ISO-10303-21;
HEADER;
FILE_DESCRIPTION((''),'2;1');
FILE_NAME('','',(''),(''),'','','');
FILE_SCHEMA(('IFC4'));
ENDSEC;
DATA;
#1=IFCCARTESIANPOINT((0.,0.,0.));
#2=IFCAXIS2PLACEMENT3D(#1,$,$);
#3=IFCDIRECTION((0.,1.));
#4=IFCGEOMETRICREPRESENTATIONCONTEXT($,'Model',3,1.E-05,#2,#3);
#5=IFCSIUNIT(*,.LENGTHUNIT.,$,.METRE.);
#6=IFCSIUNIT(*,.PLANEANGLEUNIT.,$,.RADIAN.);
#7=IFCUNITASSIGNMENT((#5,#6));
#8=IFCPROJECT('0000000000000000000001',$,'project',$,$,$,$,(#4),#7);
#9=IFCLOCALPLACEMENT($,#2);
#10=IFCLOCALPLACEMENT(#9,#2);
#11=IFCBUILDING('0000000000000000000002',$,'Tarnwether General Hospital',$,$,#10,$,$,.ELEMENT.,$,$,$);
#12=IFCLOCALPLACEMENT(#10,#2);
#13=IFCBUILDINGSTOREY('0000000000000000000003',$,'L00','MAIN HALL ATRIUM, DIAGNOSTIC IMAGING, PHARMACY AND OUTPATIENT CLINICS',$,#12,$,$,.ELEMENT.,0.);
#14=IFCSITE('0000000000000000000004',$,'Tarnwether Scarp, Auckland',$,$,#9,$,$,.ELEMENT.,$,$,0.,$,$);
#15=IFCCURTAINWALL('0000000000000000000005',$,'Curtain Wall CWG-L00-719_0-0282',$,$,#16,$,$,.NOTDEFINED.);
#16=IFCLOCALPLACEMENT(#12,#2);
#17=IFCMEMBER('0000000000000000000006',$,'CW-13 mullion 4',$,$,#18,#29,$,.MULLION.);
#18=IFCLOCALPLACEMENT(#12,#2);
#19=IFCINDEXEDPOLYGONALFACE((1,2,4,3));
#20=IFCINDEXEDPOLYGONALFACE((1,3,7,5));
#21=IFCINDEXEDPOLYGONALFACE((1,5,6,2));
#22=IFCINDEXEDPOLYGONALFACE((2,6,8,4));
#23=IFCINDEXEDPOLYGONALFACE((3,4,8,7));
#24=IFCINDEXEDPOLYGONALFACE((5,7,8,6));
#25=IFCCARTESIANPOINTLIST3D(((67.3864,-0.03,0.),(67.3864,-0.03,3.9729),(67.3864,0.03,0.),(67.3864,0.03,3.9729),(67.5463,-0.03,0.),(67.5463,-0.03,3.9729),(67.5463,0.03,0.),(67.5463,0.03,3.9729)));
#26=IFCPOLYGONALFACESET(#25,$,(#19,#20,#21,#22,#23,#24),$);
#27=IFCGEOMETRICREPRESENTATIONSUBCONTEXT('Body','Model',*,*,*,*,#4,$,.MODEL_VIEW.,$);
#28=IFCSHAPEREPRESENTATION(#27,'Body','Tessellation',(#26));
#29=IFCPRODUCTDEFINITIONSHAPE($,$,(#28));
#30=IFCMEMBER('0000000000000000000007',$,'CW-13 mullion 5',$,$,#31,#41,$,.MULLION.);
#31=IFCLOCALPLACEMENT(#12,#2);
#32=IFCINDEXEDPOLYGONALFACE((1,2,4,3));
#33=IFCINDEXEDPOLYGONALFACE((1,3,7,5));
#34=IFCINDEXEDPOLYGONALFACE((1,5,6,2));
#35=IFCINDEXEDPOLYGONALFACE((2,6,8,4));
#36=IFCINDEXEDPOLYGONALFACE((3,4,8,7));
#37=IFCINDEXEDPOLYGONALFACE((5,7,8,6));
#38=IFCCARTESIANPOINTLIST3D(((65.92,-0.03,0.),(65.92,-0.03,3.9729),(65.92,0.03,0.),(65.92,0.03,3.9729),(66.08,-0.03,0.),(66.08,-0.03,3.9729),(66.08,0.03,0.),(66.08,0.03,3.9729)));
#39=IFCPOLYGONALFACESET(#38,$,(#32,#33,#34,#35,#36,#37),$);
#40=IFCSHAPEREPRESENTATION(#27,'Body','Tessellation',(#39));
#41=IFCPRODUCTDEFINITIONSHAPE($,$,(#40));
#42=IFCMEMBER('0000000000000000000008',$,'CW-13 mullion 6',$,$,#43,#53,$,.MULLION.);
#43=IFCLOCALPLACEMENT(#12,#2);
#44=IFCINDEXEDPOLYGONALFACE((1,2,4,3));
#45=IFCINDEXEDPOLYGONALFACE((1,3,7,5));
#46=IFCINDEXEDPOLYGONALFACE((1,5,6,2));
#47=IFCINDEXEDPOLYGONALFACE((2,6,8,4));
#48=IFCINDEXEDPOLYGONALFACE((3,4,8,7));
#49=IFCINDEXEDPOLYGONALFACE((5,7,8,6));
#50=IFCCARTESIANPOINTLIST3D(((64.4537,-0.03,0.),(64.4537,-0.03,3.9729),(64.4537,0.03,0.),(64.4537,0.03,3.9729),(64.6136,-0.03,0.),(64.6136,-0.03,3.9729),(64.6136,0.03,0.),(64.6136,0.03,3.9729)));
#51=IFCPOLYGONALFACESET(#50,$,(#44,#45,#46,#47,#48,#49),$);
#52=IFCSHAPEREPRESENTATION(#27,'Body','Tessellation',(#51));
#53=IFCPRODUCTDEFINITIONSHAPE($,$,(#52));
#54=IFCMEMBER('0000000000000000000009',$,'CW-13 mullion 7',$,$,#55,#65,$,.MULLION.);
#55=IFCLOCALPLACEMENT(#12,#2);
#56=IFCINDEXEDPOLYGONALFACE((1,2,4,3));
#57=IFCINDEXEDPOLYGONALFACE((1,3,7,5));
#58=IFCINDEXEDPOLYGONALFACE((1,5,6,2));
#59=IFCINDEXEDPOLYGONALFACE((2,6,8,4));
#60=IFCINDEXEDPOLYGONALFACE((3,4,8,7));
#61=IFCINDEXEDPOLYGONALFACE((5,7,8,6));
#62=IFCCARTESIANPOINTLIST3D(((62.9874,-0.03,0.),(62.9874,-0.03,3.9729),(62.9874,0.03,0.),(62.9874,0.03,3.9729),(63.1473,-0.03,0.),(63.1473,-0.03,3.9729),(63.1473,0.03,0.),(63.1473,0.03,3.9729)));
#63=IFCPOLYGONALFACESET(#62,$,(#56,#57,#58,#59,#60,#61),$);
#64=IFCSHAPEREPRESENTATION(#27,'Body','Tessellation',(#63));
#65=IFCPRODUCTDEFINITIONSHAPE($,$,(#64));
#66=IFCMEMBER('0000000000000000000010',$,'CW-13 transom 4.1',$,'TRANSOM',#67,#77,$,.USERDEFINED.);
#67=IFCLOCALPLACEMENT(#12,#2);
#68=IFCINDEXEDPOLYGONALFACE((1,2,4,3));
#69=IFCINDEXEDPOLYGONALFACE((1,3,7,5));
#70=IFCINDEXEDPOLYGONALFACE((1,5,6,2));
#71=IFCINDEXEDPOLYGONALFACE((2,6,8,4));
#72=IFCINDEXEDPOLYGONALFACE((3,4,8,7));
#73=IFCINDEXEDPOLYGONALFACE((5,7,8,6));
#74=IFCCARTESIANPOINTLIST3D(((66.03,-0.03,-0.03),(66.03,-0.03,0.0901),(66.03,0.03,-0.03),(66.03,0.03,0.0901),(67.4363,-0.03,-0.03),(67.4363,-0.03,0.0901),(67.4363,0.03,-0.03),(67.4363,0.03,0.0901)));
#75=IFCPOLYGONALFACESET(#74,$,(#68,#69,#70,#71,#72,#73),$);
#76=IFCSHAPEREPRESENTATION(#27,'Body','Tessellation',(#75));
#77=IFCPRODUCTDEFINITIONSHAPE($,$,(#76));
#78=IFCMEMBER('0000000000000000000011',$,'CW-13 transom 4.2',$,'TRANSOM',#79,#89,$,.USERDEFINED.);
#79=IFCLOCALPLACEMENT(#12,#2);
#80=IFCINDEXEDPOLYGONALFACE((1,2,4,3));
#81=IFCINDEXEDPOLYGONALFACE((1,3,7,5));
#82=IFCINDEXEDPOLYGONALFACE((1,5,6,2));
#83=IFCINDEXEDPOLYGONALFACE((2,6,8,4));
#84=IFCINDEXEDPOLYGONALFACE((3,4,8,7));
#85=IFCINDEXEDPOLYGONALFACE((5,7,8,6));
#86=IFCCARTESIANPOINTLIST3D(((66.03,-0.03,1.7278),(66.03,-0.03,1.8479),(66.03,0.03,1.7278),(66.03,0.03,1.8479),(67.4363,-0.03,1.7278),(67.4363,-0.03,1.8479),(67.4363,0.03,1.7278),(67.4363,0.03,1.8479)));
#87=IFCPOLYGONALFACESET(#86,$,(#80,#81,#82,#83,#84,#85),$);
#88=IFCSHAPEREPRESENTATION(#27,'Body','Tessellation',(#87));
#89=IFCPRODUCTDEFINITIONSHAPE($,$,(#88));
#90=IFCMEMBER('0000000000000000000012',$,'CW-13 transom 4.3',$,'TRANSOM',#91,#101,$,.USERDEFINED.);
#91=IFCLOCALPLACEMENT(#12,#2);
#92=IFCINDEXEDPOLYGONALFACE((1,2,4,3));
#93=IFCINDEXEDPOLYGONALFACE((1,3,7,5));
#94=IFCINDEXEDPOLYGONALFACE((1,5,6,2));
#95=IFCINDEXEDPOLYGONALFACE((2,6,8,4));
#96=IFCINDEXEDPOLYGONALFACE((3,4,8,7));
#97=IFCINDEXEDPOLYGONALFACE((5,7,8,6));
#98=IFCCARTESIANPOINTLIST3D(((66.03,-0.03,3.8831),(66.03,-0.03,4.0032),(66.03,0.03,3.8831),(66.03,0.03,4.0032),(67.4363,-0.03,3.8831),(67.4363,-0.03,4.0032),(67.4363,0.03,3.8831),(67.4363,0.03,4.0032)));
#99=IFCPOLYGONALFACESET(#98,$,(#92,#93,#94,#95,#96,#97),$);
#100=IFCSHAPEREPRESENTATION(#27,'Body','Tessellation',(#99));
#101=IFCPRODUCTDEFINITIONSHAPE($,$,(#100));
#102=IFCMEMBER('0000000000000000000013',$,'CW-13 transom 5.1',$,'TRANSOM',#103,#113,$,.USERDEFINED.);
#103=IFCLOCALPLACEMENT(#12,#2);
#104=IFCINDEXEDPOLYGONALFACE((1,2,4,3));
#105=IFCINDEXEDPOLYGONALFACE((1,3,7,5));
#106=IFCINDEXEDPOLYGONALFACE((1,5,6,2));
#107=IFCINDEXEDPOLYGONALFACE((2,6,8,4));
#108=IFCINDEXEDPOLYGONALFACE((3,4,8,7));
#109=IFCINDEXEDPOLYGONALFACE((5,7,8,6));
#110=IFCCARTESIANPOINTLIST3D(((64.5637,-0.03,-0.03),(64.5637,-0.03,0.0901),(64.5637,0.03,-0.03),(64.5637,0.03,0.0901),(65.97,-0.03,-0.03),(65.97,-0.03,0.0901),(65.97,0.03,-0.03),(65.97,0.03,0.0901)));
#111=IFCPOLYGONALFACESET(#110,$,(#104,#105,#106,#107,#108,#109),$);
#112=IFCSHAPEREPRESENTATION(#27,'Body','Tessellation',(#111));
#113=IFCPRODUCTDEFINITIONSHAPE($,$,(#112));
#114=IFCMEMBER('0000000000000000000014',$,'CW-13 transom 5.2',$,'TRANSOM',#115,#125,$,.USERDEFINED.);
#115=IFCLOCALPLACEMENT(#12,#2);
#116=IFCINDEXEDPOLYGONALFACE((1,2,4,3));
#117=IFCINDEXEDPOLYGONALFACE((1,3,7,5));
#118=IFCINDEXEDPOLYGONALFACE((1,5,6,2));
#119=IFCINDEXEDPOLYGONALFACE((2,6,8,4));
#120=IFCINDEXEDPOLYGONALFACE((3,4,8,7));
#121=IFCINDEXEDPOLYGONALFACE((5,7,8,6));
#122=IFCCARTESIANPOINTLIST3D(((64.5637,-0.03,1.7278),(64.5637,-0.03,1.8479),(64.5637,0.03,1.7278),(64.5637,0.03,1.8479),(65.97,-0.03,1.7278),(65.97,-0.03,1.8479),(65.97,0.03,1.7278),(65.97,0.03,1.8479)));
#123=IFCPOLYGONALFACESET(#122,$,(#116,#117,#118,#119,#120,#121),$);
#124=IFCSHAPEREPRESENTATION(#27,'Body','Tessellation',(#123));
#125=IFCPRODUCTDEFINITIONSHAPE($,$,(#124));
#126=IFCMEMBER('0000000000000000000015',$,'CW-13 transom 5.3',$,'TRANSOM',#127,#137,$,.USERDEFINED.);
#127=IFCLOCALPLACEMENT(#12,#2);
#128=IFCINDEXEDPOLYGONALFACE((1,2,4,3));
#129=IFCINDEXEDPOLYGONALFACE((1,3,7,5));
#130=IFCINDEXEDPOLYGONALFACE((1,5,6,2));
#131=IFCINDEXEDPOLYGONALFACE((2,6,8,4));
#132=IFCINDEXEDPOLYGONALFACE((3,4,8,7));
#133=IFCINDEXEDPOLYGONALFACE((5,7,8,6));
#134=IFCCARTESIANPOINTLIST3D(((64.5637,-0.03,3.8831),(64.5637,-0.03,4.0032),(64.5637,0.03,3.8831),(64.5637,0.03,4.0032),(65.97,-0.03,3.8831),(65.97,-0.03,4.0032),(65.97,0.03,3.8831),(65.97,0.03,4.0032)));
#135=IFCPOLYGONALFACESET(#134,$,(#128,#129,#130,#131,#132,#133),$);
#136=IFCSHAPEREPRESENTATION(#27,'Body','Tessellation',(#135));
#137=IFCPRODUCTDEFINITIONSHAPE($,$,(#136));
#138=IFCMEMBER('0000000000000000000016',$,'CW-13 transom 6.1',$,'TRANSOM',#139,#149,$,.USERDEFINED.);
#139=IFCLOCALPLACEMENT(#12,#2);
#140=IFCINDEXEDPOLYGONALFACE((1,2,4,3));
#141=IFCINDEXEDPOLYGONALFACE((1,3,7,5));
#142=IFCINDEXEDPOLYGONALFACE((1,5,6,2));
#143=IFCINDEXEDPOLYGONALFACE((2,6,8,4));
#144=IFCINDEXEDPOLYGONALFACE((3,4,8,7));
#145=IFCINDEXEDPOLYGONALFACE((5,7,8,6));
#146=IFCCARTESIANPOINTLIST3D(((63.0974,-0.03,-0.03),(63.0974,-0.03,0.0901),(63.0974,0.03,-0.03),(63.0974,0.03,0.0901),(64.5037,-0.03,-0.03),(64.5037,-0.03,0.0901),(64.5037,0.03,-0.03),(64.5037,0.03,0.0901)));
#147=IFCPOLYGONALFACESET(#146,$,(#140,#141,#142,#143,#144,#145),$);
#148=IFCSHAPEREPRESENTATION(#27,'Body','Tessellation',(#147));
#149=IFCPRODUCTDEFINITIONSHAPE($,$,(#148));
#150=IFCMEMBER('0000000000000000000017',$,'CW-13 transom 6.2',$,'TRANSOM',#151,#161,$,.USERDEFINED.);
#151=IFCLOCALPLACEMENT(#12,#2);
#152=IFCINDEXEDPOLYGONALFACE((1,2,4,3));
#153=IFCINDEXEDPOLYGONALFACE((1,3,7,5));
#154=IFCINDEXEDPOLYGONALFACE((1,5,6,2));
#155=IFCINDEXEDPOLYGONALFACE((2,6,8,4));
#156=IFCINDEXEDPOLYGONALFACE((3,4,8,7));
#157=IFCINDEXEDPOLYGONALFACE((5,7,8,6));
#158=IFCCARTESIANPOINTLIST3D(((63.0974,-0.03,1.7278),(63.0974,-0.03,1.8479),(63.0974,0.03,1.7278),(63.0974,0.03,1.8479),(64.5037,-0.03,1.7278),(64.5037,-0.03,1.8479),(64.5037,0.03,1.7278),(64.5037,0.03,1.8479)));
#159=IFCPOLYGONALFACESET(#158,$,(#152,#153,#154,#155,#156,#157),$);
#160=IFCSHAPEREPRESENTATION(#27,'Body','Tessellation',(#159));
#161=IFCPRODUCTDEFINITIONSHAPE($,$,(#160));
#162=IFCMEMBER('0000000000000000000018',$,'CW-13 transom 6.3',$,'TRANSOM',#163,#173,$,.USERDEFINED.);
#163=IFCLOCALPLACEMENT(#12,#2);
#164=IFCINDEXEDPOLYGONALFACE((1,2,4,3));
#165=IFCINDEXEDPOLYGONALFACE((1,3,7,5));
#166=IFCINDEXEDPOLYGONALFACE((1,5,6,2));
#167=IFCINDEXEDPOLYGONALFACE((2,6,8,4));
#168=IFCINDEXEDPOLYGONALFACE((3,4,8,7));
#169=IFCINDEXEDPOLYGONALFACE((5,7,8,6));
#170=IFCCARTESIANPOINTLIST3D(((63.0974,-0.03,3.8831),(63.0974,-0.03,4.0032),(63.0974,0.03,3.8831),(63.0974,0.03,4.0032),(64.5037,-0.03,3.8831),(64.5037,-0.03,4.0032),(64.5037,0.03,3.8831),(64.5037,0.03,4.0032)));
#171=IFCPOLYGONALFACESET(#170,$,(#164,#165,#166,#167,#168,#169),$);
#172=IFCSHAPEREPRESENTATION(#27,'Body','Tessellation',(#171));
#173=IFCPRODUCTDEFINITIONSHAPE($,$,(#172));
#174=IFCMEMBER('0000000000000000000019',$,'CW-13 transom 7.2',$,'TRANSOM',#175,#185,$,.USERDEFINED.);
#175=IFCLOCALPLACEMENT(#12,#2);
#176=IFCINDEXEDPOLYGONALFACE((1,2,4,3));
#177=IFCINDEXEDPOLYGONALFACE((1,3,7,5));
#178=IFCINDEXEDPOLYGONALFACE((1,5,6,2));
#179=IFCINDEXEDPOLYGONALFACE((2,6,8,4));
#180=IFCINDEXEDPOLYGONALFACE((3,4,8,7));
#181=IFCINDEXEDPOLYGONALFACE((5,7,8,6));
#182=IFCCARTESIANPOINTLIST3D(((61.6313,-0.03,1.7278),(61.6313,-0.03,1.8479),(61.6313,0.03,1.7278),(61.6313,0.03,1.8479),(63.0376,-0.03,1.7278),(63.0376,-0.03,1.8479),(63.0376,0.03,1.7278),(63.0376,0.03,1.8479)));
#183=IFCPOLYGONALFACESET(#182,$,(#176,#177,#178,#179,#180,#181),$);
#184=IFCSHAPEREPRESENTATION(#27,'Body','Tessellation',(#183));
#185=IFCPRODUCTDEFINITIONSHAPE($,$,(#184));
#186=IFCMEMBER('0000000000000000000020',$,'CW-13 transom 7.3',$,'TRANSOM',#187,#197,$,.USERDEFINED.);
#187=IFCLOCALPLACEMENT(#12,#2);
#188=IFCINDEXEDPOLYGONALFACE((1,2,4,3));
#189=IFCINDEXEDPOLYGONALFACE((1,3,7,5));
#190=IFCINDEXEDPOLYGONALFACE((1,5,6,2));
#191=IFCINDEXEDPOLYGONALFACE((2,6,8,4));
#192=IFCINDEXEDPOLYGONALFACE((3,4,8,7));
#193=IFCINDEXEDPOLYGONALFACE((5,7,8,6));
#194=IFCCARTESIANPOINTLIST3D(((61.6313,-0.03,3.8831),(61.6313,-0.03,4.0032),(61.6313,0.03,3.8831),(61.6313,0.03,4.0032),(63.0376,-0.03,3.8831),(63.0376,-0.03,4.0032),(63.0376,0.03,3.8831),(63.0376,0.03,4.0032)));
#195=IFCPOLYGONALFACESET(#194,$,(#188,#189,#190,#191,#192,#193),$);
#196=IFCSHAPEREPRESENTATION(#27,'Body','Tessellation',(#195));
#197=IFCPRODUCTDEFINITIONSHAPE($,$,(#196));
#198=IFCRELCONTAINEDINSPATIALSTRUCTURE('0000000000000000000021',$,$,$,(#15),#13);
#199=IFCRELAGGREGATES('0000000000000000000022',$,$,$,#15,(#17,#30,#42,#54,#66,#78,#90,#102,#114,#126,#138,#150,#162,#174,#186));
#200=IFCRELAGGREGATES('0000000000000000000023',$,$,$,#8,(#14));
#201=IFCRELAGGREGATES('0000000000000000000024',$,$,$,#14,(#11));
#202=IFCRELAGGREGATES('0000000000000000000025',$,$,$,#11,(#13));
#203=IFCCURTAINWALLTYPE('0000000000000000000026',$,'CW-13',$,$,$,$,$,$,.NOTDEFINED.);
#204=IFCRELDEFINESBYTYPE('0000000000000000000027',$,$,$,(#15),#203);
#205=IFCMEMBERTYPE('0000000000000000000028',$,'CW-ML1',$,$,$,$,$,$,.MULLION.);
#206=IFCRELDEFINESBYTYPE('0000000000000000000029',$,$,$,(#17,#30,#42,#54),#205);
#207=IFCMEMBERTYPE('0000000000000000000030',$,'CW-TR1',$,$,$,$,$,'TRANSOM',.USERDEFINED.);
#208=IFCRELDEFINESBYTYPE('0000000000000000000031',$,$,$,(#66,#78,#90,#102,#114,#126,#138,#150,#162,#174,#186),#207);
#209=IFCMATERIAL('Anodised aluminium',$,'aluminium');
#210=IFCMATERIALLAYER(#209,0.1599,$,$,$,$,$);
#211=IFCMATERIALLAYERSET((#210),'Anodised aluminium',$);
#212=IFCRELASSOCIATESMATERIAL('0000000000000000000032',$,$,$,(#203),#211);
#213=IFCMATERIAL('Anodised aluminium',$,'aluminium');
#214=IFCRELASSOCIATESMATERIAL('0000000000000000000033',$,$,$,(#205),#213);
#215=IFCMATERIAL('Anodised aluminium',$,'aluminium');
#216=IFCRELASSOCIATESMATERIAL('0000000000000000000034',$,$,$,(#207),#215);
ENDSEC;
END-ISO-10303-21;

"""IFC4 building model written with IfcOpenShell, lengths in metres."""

from ifc_helpers import new_model, si_unit, direction, frame, origin, origin_2d, place, context, subcontext, project, spatial, rectangle, extrude, material, layer, layer_set, material_profile, profile_set, type_object, element, aggregate, save


model = new_model("IFC4")

# Units and contexts
model_context = context("Model", 3, precision=1e-05, world=origin(), true_north=direction((0.0, 1.0)))
body_context = subcontext(model_context, "Body", "Model", "MODEL_VIEW")
ifc_project = project(units=[si_unit("LENGTHUNIT", "METRE"), si_unit("PLANEANGLEUNIT", "RADIAN")], contexts=[model_context])

# Site, building, storey
site_placement = place(None, origin())
site = spatial("IfcSite", under=ifc_project, at=site_placement, Name="Tarnwether Scarp, Auckland", CompositionType="ELEMENT", RefElevation=0.0)
building_placement = place(site_placement, origin())
building = spatial("IfcBuilding", under=site, at=building_placement, Name="Tarnwether General Hospital", CompositionType="ELEMENT")
storey_placement = place(building_placement, origin())
storey = spatial("IfcBuildingStorey", under=building, at=storey_placement, Name="L00", Description="MAIN HALL ATRIUM, DIAGNOSTIC IMAGING, PHARMACY AND OUTPATIENT CLINICS", CompositionType="ELEMENT", Elevation=0.0)

# Curtain wall, members
ifc_material_1 = material(Name="Anodised aluminium", Category="aluminium")
ifc_layer_1 = layer(ifc_material_1, 0.1599)
ifc_layer_set_1 = layer_set([ifc_layer_1], Name="Anodised aluminium")
curtain_wall_type = type_object("IfcCurtainWallType", Name="CW-13", PredefinedType="NOTDEFINED", material=ifc_layer_set_1)
curtain_wall_placement = place(storey_placement, origin())
curtain_wall = element("IfcCurtainWall", 1, at=curtain_wall_placement, inside=storey, type_object=curtain_wall_type, Name="Curtain Wall CWG-L00-719_0-0282", PredefinedType="NOTDEFINED")
ifc_material_2 = material(Name="Anodised aluminium", Category="aluminium")
ifc_material_profile_1 = material_profile(ifc_material_2, rectangle(XDim=0.0601, YDim=0.1599, at=origin_2d()), Name="ALU-MUL-60x160")
ifc_profile_set_1 = profile_set([ifc_material_profile_1], Name="Anodised aluminium")
member_type_1 = type_object("IfcMemberType", Name="CW-ML1", PredefinedType="MULLION", material=ifc_profile_set_1)
member_1_placement = place(storey_placement, frame((67.4663, 0.0, 0.0), z_axis=(0.0, 0.0, 1.0), x_axis=(0.0, -1.0, 0.0)))
member_1 = element("IfcMember", 2, at=member_1_placement, type_object=member_type_1, Name="CW-13 mullion 4", PredefinedType="MULLION", context=body_context, shape_type="SweptSolid", body=[
    extrude(rectangle(XDim=0.0601, YDim=0.1599, at=origin_2d()), origin(), (0.0, 0.0, 1.0), 3.9729),
])
member_2_placement = place(storey_placement, frame((66.0, 0.0, 0.0), z_axis=(0.0, 0.0, 1.0), x_axis=(0.0, -1.0, 0.0)))
member_2 = element("IfcMember", 3, at=member_2_placement, type_object=member_type_1, Name="CW-13 mullion 5", PredefinedType="MULLION", context=body_context, shape_type="SweptSolid", body=[
    extrude(rectangle(XDim=0.0601, YDim=0.1599, at=origin_2d()), origin(), (0.0, 0.0, 1.0), 3.9729),
])
member_3_placement = place(storey_placement, frame((64.5337, 0.0, 0.0), z_axis=(0.0, 0.0, 1.0), x_axis=(0.0, -1.0, 0.0)))
member_3 = element("IfcMember", 4, at=member_3_placement, type_object=member_type_1, Name="CW-13 mullion 6", PredefinedType="MULLION", context=body_context, shape_type="SweptSolid", body=[
    extrude(rectangle(XDim=0.0601, YDim=0.1599, at=origin_2d()), origin(), (0.0, 0.0, 1.0), 3.9729),
])
member_4_placement = place(storey_placement, frame((63.0674, 0.0, 0.0), z_axis=(0.0, 0.0, 1.0), x_axis=(0.0, -1.0, 0.0)))
member_4 = element("IfcMember", 5, at=member_4_placement, type_object=member_type_1, Name="CW-13 mullion 7", PredefinedType="MULLION", context=body_context, shape_type="SweptSolid", body=[
    extrude(rectangle(XDim=0.0601, YDim=0.1599, at=origin_2d()), origin(), (0.0, 0.0, 1.0), 3.9729),
])
ifc_material_3 = material(Name="Anodised aluminium", Category="aluminium")
ifc_material_profile_2 = material_profile(ifc_material_3, rectangle(XDim=0.0601, YDim=0.1201, at=origin_2d()), Name="ALU-TRN-60x120")
ifc_profile_set_2 = profile_set([ifc_material_profile_2], Name="Anodised aluminium")
member_type_2 = type_object("IfcMemberType", Name="CW-TR1", ElementType="TRANSOM", PredefinedType="USERDEFINED", material=ifc_profile_set_2)
member_5_placement = place(storey_placement, frame((67.4363, 0.0, 0.03), z_axis=(-1.0, 0.0, 0.0), x_axis=(0.0, -1.0, 0.0)))
member_5 = element("IfcMember", 6, at=member_5_placement, type_object=member_type_2, Name="CW-13 transom 4.1", ObjectType="TRANSOM", PredefinedType="USERDEFINED", context=body_context, shape_type="SweptSolid", body=[
    extrude(rectangle(XDim=0.0601, YDim=0.1201, at=origin_2d()), origin(), (0.0, 0.0, 1.0), 1.4062),
])
member_6_placement = place(storey_placement, frame((67.4363, 0.0, 1.7878), z_axis=(-1.0, 0.0, 0.0), x_axis=(0.0, -1.0, 0.0)))
member_6 = element("IfcMember", 7, at=member_6_placement, type_object=member_type_2, Name="CW-13 transom 4.2", ObjectType="TRANSOM", PredefinedType="USERDEFINED", context=body_context, shape_type="SweptSolid", body=[
    extrude(rectangle(XDim=0.0601, YDim=0.1201, at=origin_2d()), origin(), (0.0, 0.0, 1.0), 1.4062),
])
member_7_placement = place(storey_placement, frame((67.4363, 0.0, 3.9431), z_axis=(-1.0, 0.0, 0.0), x_axis=(0.0, -1.0, 0.0)))
member_7 = element("IfcMember", 8, at=member_7_placement, type_object=member_type_2, Name="CW-13 transom 4.3", ObjectType="TRANSOM", PredefinedType="USERDEFINED", context=body_context, shape_type="SweptSolid", body=[
    extrude(rectangle(XDim=0.0601, YDim=0.1201, at=origin_2d()), origin(), (0.0, 0.0, 1.0), 1.4062),
])
member_8_placement = place(storey_placement, frame((65.97, 0.0, 0.03), z_axis=(-1.0, 0.0, 0.0), x_axis=(0.0, -1.0, 0.0)))
member_8 = element("IfcMember", 9, at=member_8_placement, type_object=member_type_2, Name="CW-13 transom 5.1", ObjectType="TRANSOM", PredefinedType="USERDEFINED", context=body_context, shape_type="SweptSolid", body=[
    extrude(rectangle(XDim=0.0601, YDim=0.1201, at=origin_2d()), origin(), (0.0, 0.0, 1.0), 1.4062),
])
member_9_placement = place(storey_placement, frame((65.97, 0.0, 1.7878), z_axis=(-1.0, 0.0, 0.0), x_axis=(0.0, -1.0, 0.0)))
member_9 = element("IfcMember", 10, at=member_9_placement, type_object=member_type_2, Name="CW-13 transom 5.2", ObjectType="TRANSOM", PredefinedType="USERDEFINED", context=body_context, shape_type="SweptSolid", body=[
    extrude(rectangle(XDim=0.0601, YDim=0.1201, at=origin_2d()), origin(), (0.0, 0.0, 1.0), 1.4062),
])
member_10_placement = place(storey_placement, frame((65.97, 0.0, 3.9431), z_axis=(-1.0, 0.0, 0.0), x_axis=(0.0, -1.0, 0.0)))
member_10 = element("IfcMember", 11, at=member_10_placement, type_object=member_type_2, Name="CW-13 transom 5.3", ObjectType="TRANSOM", PredefinedType="USERDEFINED", context=body_context, shape_type="SweptSolid", body=[
    extrude(rectangle(XDim=0.0601, YDim=0.1201, at=origin_2d()), origin(), (0.0, 0.0, 1.0), 1.4062),
])
member_11_placement = place(storey_placement, frame((64.5037, 0.0, 0.03), z_axis=(-1.0, 0.0, 0.0), x_axis=(0.0, -1.0, 0.0)))
member_11 = element("IfcMember", 12, at=member_11_placement, type_object=member_type_2, Name="CW-13 transom 6.1", ObjectType="TRANSOM", PredefinedType="USERDEFINED", context=body_context, shape_type="SweptSolid", body=[
    extrude(rectangle(XDim=0.0601, YDim=0.1201, at=origin_2d()), origin(), (0.0, 0.0, 1.0), 1.4062),
])
member_12_placement = place(storey_placement, frame((64.5037, 0.0, 1.7878), z_axis=(-1.0, 0.0, 0.0), x_axis=(0.0, -1.0, 0.0)))
member_12 = element("IfcMember", 13, at=member_12_placement, type_object=member_type_2, Name="CW-13 transom 6.2", ObjectType="TRANSOM", PredefinedType="USERDEFINED", context=body_context, shape_type="SweptSolid", body=[
    extrude(rectangle(XDim=0.0601, YDim=0.1201, at=origin_2d()), origin(), (0.0, 0.0, 1.0), 1.4062),
])
member_13_placement = place(storey_placement, frame((64.5037, 0.0, 3.9431), z_axis=(-1.0, 0.0, 0.0), x_axis=(0.0, -1.0, 0.0)))
member_13 = element("IfcMember", 14, at=member_13_placement, type_object=member_type_2, Name="CW-13 transom 6.3", ObjectType="TRANSOM", PredefinedType="USERDEFINED", context=body_context, shape_type="SweptSolid", body=[
    extrude(rectangle(XDim=0.0601, YDim=0.1201, at=origin_2d()), origin(), (0.0, 0.0, 1.0), 1.4062),
])
member_14_placement = place(storey_placement, frame((63.0376, 0.0, 1.7878), z_axis=(-1.0, 0.0, 0.0), x_axis=(0.0, -1.0, 0.0)))
member_14 = element("IfcMember", 15, at=member_14_placement, type_object=member_type_2, Name="CW-13 transom 7.2", ObjectType="TRANSOM", PredefinedType="USERDEFINED", context=body_context, shape_type="SweptSolid", body=[
    extrude(rectangle(XDim=0.0601, YDim=0.1201, at=origin_2d()), origin(), (0.0, 0.0, 1.0), 1.4062),
])
member_15_placement = place(storey_placement, frame((63.0376, 0.0, 3.9431), z_axis=(-1.0, 0.0, 0.0), x_axis=(0.0, -1.0, 0.0)))
member_15 = element("IfcMember", 16, at=member_15_placement, type_object=member_type_2, Name="CW-13 transom 7.3", ObjectType="TRANSOM", PredefinedType="USERDEFINED", context=body_context, shape_type="SweptSolid", body=[
    extrude(rectangle(XDim=0.0601, YDim=0.1201, at=origin_2d()), origin(), (0.0, 0.0, 1.0), 1.4062),
])
aggregate(curtain_wall, [member_1, member_2, member_3, member_4, member_5, member_6, member_7, member_8, member_9, member_10, member_11, member_12, member_13, member_14, member_15])

save(model, "model.ifc")
